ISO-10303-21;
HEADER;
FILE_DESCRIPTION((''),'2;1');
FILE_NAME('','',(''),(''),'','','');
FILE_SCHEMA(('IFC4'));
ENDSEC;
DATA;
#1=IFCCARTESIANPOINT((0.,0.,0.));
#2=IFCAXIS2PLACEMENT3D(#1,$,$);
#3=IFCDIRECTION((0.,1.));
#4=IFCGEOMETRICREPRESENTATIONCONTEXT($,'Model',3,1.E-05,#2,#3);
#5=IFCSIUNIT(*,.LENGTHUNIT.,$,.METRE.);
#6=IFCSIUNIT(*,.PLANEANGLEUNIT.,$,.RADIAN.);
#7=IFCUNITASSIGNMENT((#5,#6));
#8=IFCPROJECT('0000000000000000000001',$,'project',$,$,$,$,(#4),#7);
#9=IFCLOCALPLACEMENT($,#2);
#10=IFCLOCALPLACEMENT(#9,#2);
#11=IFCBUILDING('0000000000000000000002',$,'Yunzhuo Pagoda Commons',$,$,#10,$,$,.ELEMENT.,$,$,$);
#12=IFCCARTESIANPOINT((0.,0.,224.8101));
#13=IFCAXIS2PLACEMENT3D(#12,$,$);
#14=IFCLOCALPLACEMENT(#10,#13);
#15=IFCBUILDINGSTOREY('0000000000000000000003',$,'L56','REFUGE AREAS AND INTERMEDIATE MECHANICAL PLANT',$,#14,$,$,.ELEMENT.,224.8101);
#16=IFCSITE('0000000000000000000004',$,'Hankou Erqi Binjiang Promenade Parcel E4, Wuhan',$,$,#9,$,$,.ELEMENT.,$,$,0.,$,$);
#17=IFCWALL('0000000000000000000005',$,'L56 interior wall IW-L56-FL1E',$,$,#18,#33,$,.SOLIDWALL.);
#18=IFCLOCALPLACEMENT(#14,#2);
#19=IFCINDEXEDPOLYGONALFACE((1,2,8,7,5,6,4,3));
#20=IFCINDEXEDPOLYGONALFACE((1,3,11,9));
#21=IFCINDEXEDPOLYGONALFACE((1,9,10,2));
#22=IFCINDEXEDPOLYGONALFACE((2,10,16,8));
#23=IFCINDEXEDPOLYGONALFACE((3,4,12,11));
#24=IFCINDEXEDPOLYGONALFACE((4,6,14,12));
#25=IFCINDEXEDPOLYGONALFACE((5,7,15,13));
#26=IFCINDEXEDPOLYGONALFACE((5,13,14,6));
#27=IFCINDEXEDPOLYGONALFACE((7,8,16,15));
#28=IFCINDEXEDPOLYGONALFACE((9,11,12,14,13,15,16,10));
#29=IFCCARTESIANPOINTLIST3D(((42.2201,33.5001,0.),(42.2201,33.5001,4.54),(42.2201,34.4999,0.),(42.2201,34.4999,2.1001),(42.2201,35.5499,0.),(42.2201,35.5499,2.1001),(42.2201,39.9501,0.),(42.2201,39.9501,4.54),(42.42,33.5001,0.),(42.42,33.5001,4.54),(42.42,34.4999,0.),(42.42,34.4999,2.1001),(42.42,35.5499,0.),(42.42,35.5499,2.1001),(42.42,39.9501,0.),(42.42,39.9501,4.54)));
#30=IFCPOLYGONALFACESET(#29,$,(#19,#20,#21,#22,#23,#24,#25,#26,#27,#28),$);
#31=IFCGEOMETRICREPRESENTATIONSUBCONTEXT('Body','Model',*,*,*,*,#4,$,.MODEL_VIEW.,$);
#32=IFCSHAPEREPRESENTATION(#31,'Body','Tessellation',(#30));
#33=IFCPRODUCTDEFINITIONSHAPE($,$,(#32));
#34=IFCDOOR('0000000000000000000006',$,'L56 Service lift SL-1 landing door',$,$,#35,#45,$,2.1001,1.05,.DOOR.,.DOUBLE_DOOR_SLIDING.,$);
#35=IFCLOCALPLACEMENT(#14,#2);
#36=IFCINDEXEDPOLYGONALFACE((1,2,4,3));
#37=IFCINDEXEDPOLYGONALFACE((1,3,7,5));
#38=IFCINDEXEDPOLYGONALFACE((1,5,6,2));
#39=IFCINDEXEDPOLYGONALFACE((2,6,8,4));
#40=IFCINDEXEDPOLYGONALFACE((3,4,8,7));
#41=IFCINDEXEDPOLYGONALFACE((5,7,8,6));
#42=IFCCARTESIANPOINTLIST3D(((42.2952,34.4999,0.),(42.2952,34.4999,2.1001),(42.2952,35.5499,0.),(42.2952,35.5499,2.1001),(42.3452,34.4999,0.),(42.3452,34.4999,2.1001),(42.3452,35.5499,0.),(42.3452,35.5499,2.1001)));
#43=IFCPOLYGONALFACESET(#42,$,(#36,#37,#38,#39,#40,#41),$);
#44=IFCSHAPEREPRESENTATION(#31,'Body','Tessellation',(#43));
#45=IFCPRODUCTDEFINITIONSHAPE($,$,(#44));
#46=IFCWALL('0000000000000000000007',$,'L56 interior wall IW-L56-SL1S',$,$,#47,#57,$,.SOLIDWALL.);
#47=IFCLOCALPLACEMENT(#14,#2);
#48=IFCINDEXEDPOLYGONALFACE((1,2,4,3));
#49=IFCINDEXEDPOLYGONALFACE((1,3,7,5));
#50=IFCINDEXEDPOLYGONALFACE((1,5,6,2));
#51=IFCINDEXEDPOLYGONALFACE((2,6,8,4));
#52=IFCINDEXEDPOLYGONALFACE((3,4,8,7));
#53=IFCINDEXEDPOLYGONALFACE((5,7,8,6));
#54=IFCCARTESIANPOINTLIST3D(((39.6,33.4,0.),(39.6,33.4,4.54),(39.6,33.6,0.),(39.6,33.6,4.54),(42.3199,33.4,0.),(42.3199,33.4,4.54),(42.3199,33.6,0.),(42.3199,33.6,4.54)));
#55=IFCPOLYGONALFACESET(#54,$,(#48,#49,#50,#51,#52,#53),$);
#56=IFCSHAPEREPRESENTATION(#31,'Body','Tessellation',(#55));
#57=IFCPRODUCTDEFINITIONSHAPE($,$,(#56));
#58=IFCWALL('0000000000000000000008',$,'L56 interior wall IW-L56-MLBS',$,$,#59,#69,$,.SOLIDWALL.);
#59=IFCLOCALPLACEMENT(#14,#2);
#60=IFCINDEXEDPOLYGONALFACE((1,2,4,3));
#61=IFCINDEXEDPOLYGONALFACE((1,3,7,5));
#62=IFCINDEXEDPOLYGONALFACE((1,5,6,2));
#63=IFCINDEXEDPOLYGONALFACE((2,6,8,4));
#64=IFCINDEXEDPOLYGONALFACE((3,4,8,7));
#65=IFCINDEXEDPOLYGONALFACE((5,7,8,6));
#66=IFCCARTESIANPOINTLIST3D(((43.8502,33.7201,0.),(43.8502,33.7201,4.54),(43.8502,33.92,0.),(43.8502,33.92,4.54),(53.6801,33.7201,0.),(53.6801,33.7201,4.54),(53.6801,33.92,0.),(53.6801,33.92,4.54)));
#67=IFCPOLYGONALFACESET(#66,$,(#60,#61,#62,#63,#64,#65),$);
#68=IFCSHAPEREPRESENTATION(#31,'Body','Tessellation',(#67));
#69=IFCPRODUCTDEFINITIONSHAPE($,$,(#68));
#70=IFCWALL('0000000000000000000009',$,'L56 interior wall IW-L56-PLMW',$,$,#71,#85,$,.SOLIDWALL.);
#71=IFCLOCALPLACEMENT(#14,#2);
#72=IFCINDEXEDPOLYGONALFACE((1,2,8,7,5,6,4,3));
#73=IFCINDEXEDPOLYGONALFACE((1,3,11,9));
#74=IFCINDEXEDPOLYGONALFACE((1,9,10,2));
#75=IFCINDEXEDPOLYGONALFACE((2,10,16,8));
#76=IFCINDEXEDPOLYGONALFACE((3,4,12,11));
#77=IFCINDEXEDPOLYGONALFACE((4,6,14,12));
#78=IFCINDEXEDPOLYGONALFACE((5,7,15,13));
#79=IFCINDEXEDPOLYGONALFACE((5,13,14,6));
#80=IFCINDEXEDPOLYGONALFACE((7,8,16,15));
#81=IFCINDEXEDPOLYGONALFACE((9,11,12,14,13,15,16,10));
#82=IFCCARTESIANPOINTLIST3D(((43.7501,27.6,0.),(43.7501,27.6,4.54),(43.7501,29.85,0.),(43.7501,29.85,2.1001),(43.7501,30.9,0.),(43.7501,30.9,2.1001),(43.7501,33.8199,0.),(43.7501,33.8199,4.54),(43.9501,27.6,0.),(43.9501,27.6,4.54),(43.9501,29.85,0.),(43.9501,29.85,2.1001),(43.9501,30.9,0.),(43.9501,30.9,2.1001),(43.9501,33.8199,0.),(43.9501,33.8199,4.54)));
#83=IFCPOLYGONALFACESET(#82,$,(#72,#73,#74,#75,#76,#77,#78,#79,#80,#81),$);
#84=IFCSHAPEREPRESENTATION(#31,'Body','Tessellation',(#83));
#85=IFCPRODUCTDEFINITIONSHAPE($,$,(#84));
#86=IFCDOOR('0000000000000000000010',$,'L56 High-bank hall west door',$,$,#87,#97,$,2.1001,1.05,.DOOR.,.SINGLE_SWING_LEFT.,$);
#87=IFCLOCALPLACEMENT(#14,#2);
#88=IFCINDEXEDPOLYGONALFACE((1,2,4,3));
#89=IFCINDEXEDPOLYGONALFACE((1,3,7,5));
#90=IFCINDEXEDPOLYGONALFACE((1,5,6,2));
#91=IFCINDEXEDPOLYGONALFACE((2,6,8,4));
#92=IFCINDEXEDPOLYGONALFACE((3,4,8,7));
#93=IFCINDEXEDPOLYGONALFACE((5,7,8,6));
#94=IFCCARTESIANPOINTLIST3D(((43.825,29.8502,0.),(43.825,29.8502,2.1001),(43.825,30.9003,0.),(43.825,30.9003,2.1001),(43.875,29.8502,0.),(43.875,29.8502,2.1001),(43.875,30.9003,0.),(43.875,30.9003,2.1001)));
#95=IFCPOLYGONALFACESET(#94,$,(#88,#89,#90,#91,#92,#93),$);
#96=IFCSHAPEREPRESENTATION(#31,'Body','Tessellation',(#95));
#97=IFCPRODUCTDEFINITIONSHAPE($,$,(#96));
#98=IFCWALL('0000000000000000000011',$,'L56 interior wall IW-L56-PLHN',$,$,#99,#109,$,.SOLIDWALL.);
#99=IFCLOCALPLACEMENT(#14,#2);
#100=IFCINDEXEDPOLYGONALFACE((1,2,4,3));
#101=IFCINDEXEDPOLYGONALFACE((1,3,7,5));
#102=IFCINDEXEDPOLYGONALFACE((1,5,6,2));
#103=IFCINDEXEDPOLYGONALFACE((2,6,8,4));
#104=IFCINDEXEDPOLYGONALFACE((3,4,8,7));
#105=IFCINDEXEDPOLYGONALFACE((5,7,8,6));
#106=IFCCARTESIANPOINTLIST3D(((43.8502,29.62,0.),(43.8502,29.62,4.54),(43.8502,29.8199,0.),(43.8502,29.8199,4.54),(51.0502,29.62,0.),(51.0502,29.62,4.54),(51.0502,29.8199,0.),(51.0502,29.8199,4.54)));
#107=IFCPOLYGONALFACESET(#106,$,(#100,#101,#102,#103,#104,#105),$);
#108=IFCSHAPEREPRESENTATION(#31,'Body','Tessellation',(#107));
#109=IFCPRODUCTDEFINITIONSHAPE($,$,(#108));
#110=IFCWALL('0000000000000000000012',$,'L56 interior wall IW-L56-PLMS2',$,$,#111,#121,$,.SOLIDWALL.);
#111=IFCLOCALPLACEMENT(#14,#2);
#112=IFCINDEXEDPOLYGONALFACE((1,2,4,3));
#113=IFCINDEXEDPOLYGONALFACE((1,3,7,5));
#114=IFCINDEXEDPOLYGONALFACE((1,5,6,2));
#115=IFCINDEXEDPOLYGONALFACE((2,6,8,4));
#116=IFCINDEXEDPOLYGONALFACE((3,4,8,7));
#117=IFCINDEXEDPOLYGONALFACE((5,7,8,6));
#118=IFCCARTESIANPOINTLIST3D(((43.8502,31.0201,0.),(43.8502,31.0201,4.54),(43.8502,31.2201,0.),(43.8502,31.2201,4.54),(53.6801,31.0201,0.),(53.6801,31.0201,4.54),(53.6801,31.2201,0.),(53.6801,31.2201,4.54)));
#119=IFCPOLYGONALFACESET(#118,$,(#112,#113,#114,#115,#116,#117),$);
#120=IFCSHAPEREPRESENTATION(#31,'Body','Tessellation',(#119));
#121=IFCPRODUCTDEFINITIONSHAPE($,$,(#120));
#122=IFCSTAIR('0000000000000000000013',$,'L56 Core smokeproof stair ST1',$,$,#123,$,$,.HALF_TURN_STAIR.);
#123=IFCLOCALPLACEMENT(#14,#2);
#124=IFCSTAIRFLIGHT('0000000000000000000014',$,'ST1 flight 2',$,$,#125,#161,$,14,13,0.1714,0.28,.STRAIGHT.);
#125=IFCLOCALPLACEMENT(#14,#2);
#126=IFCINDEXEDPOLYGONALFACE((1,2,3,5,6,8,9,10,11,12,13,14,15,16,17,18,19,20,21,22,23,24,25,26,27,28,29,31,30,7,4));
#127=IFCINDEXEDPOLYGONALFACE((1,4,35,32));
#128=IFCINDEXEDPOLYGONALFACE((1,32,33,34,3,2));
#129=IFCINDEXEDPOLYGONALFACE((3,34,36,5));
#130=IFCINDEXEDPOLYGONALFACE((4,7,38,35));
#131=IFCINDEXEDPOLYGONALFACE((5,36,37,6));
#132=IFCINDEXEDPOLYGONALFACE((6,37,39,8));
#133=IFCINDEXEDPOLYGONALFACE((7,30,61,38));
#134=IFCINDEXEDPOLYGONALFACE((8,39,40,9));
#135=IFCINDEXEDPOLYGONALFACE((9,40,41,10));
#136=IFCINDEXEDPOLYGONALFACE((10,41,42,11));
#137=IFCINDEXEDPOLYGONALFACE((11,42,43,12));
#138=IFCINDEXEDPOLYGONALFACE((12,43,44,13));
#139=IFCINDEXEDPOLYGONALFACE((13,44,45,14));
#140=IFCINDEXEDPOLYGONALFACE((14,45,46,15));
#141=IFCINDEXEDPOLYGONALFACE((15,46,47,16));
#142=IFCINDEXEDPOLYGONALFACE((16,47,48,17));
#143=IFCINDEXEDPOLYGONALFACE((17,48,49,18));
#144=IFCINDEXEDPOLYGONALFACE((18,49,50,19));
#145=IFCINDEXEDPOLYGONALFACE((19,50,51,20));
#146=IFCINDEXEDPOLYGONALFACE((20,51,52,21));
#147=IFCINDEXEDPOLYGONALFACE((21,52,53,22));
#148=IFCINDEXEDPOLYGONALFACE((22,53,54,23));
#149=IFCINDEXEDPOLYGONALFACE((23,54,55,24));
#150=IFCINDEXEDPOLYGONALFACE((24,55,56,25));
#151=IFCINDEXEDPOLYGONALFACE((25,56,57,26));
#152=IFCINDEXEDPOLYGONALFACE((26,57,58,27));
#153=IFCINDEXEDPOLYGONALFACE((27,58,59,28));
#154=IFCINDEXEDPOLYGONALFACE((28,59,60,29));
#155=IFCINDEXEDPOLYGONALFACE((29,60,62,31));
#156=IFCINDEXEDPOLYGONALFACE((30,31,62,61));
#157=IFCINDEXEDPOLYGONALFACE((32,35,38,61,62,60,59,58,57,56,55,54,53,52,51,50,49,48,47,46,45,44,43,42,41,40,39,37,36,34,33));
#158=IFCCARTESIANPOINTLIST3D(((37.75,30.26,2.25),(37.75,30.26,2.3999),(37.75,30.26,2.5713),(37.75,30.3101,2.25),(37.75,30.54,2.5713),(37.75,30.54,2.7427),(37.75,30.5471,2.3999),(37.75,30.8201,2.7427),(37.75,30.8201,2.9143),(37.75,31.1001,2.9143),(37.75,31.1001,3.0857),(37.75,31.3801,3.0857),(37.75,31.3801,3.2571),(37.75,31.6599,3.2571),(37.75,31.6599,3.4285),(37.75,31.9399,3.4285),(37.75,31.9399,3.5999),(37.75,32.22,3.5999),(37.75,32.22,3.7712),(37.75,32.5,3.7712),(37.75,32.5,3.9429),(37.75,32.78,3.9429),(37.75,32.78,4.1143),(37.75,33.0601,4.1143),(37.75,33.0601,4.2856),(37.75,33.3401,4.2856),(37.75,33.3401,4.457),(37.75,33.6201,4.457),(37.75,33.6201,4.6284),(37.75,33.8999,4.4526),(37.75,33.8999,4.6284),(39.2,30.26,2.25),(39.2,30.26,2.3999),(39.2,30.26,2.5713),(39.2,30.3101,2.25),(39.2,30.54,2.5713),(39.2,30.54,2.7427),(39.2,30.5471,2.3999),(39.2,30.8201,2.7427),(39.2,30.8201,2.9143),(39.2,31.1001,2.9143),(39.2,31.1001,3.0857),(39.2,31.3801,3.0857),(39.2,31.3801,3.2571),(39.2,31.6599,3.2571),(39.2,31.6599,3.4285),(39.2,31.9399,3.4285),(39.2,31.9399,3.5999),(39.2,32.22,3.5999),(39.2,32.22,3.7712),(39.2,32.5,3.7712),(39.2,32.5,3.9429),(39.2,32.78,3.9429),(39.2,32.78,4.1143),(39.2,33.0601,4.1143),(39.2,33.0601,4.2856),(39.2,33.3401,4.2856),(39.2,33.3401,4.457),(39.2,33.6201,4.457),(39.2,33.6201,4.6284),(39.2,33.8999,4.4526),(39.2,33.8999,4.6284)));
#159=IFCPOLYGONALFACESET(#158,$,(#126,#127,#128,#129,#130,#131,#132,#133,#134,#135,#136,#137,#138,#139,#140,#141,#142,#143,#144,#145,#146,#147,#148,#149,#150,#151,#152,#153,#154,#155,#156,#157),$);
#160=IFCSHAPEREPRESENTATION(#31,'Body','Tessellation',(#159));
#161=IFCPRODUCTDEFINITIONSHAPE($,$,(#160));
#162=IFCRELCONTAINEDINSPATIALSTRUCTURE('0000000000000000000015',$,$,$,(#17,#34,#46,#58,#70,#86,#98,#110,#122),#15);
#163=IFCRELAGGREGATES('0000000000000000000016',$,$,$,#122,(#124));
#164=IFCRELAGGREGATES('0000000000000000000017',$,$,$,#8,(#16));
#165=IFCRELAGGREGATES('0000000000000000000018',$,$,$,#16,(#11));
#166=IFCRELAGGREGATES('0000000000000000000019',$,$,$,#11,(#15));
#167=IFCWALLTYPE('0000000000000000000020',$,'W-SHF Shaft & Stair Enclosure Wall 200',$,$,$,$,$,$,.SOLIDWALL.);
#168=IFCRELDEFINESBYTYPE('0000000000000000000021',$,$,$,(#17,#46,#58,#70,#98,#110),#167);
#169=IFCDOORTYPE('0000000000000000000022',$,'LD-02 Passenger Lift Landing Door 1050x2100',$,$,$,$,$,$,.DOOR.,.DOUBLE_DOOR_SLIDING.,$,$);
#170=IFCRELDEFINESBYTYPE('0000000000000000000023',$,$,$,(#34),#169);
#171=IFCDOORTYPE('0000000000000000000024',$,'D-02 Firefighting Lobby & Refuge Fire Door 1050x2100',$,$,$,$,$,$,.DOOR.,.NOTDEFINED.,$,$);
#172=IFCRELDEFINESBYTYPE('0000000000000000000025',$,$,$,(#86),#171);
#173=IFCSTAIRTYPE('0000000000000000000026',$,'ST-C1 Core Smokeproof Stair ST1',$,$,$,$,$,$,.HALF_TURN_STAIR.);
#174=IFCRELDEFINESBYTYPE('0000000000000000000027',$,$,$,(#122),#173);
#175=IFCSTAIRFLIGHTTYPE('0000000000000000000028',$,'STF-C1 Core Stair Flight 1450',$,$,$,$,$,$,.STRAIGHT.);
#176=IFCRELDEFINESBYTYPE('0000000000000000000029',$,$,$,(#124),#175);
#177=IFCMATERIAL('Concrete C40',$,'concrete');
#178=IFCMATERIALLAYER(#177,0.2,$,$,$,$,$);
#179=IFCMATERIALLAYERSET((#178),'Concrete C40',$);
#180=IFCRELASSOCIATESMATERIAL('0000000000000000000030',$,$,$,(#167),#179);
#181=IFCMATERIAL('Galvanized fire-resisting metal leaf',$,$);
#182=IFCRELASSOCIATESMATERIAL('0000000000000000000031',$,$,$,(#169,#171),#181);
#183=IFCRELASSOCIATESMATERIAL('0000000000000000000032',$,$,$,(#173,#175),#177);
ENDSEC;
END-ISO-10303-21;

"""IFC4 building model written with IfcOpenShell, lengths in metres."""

from ifc_helpers import new_model, si_unit, direction, frame, frame_2d, origin, origin_with_axes, place, context, subcontext, project, spatial, polyline, rectangle, outline, extrude, source, transform, mapped, material, layer, layer_set, type_object, element, fill, aggregate, save


model = new_model("IFC4")

# Units and contexts
model_context = context("Model", 3, precision=1e-05, world=origin(), true_north=direction((0.0, 1.0)))
body_context = subcontext(model_context, "Body", "Model", "MODEL_VIEW")
ifc_project = project(units=[si_unit("LENGTHUNIT", "METRE"), si_unit("PLANEANGLEUNIT", "RADIAN")], contexts=[model_context])

# Site, building, storey
site_placement = place(None, origin())
site = spatial("IfcSite", under=ifc_project, at=site_placement, Name="Hankou Erqi Binjiang Promenade Parcel E4, Wuhan", CompositionType="ELEMENT", RefElevation=0.0)
building_placement = place(site_placement, origin())
building = spatial("IfcBuilding", under=site, at=building_placement, Name="Yunzhuo Pagoda Commons", CompositionType="ELEMENT")
storey_placement = place(building_placement, frame((0.0, 0.0, 224.8101)))
storey = spatial("IfcBuildingStorey", under=building, at=storey_placement, Name="L56", Description="REFUGE AREAS AND INTERMEDIATE MECHANICAL PLANT", CompositionType="ELEMENT", Elevation=224.8101)

# Shared definitions
ifc_material_1 = material(Name="Galvanized fire-resisting metal leaf")

# Wall, opening, door
ifc_material_2 = material(Name="Concrete C40", Category="concrete")
ifc_layer_1 = layer(ifc_material_2, 0.2)
ifc_layer_set_1 = layer_set([ifc_layer_1], Name="Concrete C40")
wall_type_1 = type_object("IfcWallType", Name="W-SHF Shaft & Stair Enclosure Wall 200", PredefinedType="SOLIDWALL", material=ifc_layer_set_1)
wall_1_placement = place(storey_placement, frame((42.3201, 33.5, 0.0), z_axis=(0.0, 0.0, 1.0), x_axis=(0.0, 1.0, 0.0)))
wall_1 = element("IfcWall", 1, at=wall_1_placement, inside=storey, type_object=wall_type_1, Name="L56 interior wall IW-L56-FL1E", PredefinedType="SOLIDWALL", context=body_context, shape_type="SweptSolid", body=[
    extrude(rectangle(XDim=6.45, YDim=0.2, at=frame_2d((3.2251, 0.0))), origin(), (0.0, 0.0, 1.0), 4.54),
])
opening_1_placement = place(wall_1_placement, frame((1.0, 0.0, 0.0)))
opening_1 = element("IfcOpeningElement", 2, at=opening_1_placement, cuts=wall_1, PredefinedType="OPENING", context=body_context, shape_type="SweptSolid", body=[
    extrude(rectangle(XDim=1.05, YDim=2.1001, at=frame_2d((0.5249, 1.05))), frame((0.0, 0.1099, 0.0), z_axis=(0.0, -1.0, 0.0), x_axis=(1.0, 0.0, 0.0)), (0.0, 0.0, 1.0), 0.22),
])
door_type_1 = type_object("IfcDoorType", Name="LD-02 Passenger Lift Landing Door 1050x2100", OperationType="DOUBLE_DOOR_SLIDING", PredefinedType="DOOR", material=ifc_material_1)
shared_shape_1 = source(origin(), body_context, "Body", "SweptSolid", [
    extrude(rectangle(XDim=1.05, YDim=2.1001, at=frame_2d((0.5249, 1.05))), frame((0.0, 0.0249, 0.0), z_axis=(0.0, -1.0, 0.0), x_axis=(1.0, 0.0, 0.0)), (0.0, 0.0, 1.0), 0.05),
])
door_1_placement = place(opening_1_placement, origin_with_axes())
door_1 = element("IfcDoor", 3, at=door_1_placement, inside=storey, type_object=door_type_1, Name="L56 Service lift SL-1 landing door", OperationType="DOUBLE_DOOR_SLIDING", OverallHeight=2.1001, OverallWidth=1.05, PredefinedType="DOOR", context=body_context, shape_type="MappedRepresentation", body=[
    mapped(shared_shape_1, transform((0.0, 0.0, 0.0), scale=1.0)),
])
fill(opening_1, door_1)

# Walls
wall_2_placement = place(storey_placement, frame((39.6001, 33.5, 0.0), z_axis=(0.0, 0.0, 1.0), x_axis=(1.0, 0.0, 0.0)))
element("IfcWall", 4, at=wall_2_placement, inside=storey, type_object=wall_type_1, Name="L56 interior wall IW-L56-SL1S", PredefinedType="SOLIDWALL", context=body_context, shape_type="SweptSolid", body=[
    extrude(rectangle(XDim=2.72, YDim=0.2, at=frame_2d((1.3599, 0.0))), origin(), (0.0, 0.0, 1.0), 4.54),
])
wall_3_placement = place(storey_placement, frame((43.8501, 33.8201, 0.0), z_axis=(0.0, 0.0, 1.0), x_axis=(1.0, 0.0, 0.0)))
element("IfcWall", 5, at=wall_3_placement, inside=storey, type_object=wall_type_1, Name="L56 interior wall IW-L56-MLBS", PredefinedType="SOLIDWALL", context=body_context, shape_type="SweptSolid", body=[
    extrude(rectangle(XDim=9.8298, YDim=0.2, at=frame_2d((4.915, 0.0))), origin(), (0.0, 0.0, 1.0), 4.54),
])

# Wall, opening, door
wall_4_placement = place(storey_placement, frame((43.8501, 27.6001, 0.0), z_axis=(0.0, 0.0, 1.0), x_axis=(0.0, 1.0, 0.0)))
wall_4 = element("IfcWall", 6, at=wall_4_placement, inside=storey, type_object=wall_type_1, Name="L56 interior wall IW-L56-PLMW", PredefinedType="SOLIDWALL", context=body_context, shape_type="SweptSolid", body=[
    extrude(rectangle(XDim=6.22, YDim=0.2, at=frame_2d((3.1099, 0.0))), origin(), (0.0, 0.0, 1.0), 4.54),
])
opening_2_placement = place(wall_4_placement, frame((2.25, 0.0, 0.0)))
opening_2 = element("IfcOpeningElement", 7, at=opening_2_placement, cuts=wall_4, PredefinedType="OPENING", context=body_context, shape_type="SweptSolid", body=[
    extrude(rectangle(XDim=1.05, YDim=2.1001, at=frame_2d((0.5249, 1.05))), frame((0.0, 0.1099, 0.0), z_axis=(0.0, -1.0, 0.0), x_axis=(1.0, 0.0, 0.0)), (0.0, 0.0, 1.0), 0.22),
])
door_type_2 = type_object("IfcDoorType", Name="D-02 Firefighting Lobby & Refuge Fire Door 1050x2100", OperationType="NOTDEFINED", PredefinedType="DOOR", material=ifc_material_1)
door_2_placement = place(opening_2_placement, frame((1.05, 0.0, 0.0), z_axis=(0.0, 0.0, 1.0), x_axis=(-1.0, 0.0, 0.0)))
door_2 = element("IfcDoor", 8, at=door_2_placement, inside=storey, type_object=door_type_2, Name="L56 High-bank hall west door", OperationType="SINGLE_SWING_LEFT", OverallHeight=2.1001, OverallWidth=1.05, PredefinedType="DOOR", context=body_context, shape_type="MappedRepresentation", body=[
    mapped(shared_shape_1, transform((0.0, 0.0, 0.0), scale=1.0)),
])
fill(opening_2, door_2)

# Walls
wall_5_placement = place(storey_placement, frame((43.8501, 29.72, 0.0), z_axis=(0.0, 0.0, 1.0), x_axis=(1.0, 0.0, 0.0)))
element("IfcWall", 9, at=wall_5_placement, inside=storey, type_object=wall_type_1, Name="L56 interior wall IW-L56-PLHN", PredefinedType="SOLIDWALL", context=body_context, shape_type="SweptSolid", body=[
    extrude(rectangle(XDim=7.2, YDim=0.2, at=frame_2d((3.6001, 0.0))), origin(), (0.0, 0.0, 1.0), 4.54),
])
wall_6_placement = place(storey_placement, frame((43.8501, 31.1201, 0.0), z_axis=(0.0, 0.0, 1.0), x_axis=(1.0, 0.0, 0.0)))
element("IfcWall", 10, at=wall_6_placement, inside=storey, type_object=wall_type_1, Name="L56 interior wall IW-L56-PLMS2", PredefinedType="SOLIDWALL", context=body_context, shape_type="SweptSolid", body=[
    extrude(rectangle(XDim=9.8298, YDim=0.2, at=frame_2d((4.915, 0.0))), origin(), (0.0, 0.0, 1.0), 4.54),
])

# Stair, stair flight
stair_type = type_object("IfcStairType", Name="ST-C1 Core Smokeproof Stair ST1", PredefinedType="HALF_TURN_STAIR", material=ifc_material_2)
stair_placement = place(storey_placement, origin())
stair = element("IfcStair", 11, at=stair_placement, inside=storey, type_object=stair_type, Name="L56 Core smokeproof stair ST1", PredefinedType="HALF_TURN_STAIR")
stair_flight_type = type_object("IfcStairFlightType", Name="STF-C1 Core Stair Flight 1450", PredefinedType="STRAIGHT", material=ifc_material_2)
shared_shape_2 = source(origin(), body_context, "Body", "SweptSolid", [
    extrude(outline(polyline([(0.0, -0.1499), (0.0, 0.0), (0.0, 0.1714), (0.28, 0.1714), (0.28, 0.3428), (0.5601, 0.3428), (0.5601, 0.5144), (0.8401, 0.5144), (0.8401, 0.6858), (1.1201, 0.6858), (1.1201, 0.8572), (1.3999, 0.8572), (1.3999, 1.0286), (1.6799, 1.0286), (1.6799, 1.2), (1.96, 1.2), (1.96, 1.3713), (2.24, 1.3713), (2.24, 1.543), (2.52, 1.543), (2.52, 1.7144), (2.8, 1.7144), (2.8, 1.8857), (3.0801, 1.8857), (3.0801, 2.0571), (3.3601, 2.0571), (3.3601, 2.2285), (3.6399, 2.2285), (3.6399, 2.3999), (3.6399, 2.0527), (0.2871, 0.0), (0.05, -0.1499), (0.0, -0.1499)])), frame((0.0, 0.7251, 0.0), z_axis=(0.0, -1.0, 0.0), x_axis=(1.0, 0.0, 0.0)), (0.0, 0.0, 1.0), 1.45),
])
stair_flight_placement = place(storey_placement, frame((38.4751, 30.26, 2.3999), z_axis=(0.0, 0.0, 1.0), x_axis=(0.0, 1.0, 0.0)))
stair_flight = element("IfcStairFlight", 12, at=stair_flight_placement, type_object=stair_flight_type, Name="ST1 flight 2", NumberOfRisers=14, NumberOfTreads=13, PredefinedType="STRAIGHT", RiserHeight=0.1714, TreadLength=0.28, context=body_context, shape_type="MappedRepresentation", body=[
    mapped(shared_shape_2, transform((0.0, 0.0, 0.0), scale=1.0)),
])
aggregate(stair, [stair_flight])

save(model, "model.ifc")
